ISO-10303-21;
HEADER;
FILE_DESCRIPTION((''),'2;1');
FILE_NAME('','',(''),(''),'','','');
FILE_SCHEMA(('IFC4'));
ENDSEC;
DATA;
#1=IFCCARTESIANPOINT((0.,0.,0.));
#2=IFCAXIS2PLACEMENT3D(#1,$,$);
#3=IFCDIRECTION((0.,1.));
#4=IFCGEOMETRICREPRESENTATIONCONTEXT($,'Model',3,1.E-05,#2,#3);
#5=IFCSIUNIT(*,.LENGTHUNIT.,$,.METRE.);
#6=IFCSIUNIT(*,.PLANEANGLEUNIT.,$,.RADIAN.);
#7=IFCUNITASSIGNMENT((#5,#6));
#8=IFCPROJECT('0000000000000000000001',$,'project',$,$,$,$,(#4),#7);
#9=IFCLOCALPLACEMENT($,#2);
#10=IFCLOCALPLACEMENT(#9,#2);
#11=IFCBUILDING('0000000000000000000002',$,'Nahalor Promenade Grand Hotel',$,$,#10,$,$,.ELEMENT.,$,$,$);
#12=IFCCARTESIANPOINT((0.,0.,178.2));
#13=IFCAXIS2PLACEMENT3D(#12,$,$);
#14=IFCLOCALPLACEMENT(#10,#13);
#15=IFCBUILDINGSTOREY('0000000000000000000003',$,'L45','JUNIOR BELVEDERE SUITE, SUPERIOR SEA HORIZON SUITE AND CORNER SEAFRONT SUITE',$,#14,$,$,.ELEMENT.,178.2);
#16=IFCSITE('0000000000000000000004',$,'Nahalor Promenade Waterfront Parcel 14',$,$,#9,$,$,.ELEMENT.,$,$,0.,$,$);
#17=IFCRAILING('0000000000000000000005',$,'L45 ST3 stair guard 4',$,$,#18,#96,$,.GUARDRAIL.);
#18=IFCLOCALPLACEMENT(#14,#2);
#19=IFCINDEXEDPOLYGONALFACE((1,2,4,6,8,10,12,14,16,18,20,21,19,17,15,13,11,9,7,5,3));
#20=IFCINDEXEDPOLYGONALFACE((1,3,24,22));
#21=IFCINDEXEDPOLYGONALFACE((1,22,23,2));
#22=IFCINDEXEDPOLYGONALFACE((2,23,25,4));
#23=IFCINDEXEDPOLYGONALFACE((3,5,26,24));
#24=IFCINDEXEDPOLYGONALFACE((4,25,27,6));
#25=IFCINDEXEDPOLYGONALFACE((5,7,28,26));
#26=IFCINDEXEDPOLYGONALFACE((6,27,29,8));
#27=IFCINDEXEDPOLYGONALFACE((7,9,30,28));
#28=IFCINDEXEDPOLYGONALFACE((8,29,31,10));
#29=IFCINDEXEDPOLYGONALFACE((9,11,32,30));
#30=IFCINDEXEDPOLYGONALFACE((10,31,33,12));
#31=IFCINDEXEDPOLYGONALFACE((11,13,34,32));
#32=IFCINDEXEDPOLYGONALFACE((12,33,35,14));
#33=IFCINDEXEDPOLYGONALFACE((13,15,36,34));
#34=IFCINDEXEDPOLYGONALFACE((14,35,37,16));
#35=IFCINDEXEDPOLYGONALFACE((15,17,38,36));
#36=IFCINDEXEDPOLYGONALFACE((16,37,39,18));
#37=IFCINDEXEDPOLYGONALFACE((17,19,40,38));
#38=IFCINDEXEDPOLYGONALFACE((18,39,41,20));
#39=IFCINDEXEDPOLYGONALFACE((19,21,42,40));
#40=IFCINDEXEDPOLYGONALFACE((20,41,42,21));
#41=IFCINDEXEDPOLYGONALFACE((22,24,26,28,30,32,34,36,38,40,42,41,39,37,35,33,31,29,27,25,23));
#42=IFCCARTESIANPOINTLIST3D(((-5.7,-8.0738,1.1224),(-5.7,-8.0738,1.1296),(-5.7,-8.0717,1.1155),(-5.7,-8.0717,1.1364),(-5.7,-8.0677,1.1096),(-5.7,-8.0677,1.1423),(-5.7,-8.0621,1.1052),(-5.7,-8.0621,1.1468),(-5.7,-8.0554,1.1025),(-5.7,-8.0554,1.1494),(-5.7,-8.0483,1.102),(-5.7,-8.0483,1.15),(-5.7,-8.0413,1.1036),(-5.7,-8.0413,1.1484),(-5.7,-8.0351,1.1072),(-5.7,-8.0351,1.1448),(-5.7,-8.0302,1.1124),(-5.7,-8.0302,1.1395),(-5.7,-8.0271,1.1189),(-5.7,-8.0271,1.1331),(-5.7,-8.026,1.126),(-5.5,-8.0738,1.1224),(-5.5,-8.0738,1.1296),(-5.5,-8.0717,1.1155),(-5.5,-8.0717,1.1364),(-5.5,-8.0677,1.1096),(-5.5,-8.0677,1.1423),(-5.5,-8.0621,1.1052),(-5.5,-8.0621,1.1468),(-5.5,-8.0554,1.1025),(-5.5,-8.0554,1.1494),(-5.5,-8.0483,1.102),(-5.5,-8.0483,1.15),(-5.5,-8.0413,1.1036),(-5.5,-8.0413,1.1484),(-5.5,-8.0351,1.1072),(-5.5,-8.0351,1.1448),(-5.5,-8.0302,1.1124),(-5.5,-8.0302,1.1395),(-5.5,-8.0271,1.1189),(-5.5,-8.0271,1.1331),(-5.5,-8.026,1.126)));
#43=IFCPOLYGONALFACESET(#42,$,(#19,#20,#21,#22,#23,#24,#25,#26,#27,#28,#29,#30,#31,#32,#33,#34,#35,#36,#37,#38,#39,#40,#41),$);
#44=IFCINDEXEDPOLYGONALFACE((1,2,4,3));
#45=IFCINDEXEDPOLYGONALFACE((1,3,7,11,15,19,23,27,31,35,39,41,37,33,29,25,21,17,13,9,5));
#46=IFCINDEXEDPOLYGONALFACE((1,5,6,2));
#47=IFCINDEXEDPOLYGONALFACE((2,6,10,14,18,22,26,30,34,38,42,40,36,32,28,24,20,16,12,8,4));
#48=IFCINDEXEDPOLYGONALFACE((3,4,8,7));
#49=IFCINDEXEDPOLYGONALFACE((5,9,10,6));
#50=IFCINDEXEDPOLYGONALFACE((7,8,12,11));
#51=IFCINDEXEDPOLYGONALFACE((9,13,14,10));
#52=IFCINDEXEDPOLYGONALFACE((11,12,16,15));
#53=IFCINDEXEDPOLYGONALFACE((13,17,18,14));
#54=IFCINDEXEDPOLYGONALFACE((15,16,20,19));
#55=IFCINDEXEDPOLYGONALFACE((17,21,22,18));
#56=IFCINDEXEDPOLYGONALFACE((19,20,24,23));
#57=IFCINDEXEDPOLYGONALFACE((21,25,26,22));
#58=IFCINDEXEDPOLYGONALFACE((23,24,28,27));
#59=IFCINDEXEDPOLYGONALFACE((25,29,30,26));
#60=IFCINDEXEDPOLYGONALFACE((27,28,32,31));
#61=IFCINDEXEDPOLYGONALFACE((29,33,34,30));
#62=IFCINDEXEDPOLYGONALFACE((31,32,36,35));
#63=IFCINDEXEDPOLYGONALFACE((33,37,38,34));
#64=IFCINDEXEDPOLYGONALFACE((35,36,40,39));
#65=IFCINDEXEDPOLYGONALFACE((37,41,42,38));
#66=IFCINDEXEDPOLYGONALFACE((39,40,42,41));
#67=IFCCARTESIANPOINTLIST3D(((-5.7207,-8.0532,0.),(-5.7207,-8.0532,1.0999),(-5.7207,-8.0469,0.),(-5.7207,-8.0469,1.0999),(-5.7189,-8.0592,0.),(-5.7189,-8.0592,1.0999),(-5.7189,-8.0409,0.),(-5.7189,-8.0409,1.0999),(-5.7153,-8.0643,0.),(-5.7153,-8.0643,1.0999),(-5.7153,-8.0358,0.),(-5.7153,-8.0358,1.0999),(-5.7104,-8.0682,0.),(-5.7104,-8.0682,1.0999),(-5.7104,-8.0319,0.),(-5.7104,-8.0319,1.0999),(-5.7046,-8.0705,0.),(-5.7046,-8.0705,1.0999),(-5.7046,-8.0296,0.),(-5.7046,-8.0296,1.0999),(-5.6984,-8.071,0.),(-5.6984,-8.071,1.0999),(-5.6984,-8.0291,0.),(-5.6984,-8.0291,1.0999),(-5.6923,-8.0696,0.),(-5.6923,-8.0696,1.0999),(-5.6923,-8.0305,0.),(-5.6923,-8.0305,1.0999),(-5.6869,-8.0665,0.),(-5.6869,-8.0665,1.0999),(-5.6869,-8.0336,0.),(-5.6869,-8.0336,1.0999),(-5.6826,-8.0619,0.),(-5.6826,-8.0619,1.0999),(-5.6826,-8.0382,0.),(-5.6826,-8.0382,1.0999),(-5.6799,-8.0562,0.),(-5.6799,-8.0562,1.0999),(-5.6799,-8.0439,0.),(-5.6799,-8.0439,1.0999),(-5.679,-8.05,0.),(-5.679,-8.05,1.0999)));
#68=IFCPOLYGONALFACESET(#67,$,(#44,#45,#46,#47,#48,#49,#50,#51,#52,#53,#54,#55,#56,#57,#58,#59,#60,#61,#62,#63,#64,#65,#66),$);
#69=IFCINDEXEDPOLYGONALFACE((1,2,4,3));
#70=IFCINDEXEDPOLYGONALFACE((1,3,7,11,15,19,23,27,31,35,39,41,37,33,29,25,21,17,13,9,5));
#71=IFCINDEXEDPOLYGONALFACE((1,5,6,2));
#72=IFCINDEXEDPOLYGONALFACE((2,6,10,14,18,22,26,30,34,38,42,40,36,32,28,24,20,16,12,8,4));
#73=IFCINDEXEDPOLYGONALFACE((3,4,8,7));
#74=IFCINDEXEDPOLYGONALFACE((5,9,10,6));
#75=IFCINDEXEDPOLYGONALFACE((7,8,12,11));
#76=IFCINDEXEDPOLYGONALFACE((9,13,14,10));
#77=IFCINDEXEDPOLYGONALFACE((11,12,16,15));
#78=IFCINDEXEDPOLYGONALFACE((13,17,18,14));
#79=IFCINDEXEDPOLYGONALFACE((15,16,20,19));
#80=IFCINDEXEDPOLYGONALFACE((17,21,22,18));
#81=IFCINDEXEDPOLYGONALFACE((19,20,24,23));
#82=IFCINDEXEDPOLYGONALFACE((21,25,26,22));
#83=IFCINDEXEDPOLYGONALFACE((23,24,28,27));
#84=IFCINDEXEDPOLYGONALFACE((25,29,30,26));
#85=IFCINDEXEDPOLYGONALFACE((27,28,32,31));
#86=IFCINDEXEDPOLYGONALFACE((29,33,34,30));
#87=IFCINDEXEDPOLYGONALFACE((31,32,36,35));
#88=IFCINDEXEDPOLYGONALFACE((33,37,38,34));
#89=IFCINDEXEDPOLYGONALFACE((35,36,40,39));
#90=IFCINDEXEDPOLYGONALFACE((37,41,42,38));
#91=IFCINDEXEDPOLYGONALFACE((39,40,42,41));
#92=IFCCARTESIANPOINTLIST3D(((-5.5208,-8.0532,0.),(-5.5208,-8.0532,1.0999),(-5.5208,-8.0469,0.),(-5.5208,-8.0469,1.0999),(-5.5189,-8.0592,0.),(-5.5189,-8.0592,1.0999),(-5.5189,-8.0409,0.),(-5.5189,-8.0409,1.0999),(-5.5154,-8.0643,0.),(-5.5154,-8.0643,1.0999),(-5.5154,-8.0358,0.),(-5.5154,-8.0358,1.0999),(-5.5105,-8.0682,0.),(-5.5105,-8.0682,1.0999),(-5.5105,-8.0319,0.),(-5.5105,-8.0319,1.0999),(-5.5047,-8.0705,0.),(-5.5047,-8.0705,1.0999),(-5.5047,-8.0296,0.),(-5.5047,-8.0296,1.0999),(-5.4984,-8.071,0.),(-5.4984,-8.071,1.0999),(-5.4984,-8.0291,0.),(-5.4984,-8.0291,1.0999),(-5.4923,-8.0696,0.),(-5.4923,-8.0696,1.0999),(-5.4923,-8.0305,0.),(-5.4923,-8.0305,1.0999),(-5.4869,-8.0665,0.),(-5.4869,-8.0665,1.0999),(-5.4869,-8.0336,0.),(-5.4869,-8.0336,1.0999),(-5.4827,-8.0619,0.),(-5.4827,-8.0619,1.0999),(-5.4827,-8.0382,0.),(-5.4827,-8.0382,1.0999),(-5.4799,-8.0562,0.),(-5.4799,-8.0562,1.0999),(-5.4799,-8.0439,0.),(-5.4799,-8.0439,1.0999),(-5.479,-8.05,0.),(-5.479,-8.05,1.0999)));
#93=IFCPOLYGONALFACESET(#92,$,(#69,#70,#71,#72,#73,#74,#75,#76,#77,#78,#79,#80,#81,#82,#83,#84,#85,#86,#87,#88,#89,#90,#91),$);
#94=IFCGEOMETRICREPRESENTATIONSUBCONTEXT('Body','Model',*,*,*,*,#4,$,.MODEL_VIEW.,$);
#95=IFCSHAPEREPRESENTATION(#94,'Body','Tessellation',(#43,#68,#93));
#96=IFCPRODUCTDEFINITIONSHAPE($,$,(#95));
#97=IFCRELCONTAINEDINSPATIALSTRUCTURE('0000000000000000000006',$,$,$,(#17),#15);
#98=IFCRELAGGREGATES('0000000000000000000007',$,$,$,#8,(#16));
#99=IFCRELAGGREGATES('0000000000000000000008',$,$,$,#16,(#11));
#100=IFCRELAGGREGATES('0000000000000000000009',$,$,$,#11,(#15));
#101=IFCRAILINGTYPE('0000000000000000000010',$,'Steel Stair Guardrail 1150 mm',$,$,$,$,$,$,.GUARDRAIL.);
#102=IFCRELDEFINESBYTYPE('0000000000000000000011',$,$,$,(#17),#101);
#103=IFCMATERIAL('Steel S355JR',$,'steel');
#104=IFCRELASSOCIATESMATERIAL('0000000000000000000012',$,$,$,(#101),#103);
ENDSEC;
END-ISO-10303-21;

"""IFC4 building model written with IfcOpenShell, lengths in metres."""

from ifc_helpers import new_model, si_unit, direction, frame, origin, origin_2d, place, context, subcontext, project, spatial, circle, extrude, material, type_object, element, save


model = new_model("IFC4")

# Units and contexts
model_context = context("Model", 3, precision=1e-05, world=origin(), true_north=direction((0.0, 1.0)))
body_context = subcontext(model_context, "Body", "Model", "MODEL_VIEW")
ifc_project = project(units=[si_unit("LENGTHUNIT", "METRE"), si_unit("PLANEANGLEUNIT", "RADIAN")], contexts=[model_context])

# Site, building, storey
site_placement = place(None, origin())
site = spatial("IfcSite", under=ifc_project, at=site_placement, Name="Nahalor Promenade Waterfront Parcel 14", CompositionType="ELEMENT", RefElevation=0.0)
building_placement = place(site_placement, origin())
building = spatial("IfcBuilding", under=site, at=building_placement, Name="Nahalor Promenade Grand Hotel", CompositionType="ELEMENT")
storey_placement = place(building_placement, frame((0.0, 0.0, 178.2)))
storey = spatial("IfcBuildingStorey", under=building, at=storey_placement, Name="L45", Description="JUNIOR BELVEDERE SUITE, SUPERIOR SEA HORIZON SUITE AND CORNER SEAFRONT SUITE", CompositionType="ELEMENT", Elevation=178.2)

# Shared definitions
ifc_material_1 = material(Name="Steel S355JR", Category="steel")

# Railing
railing_type_1 = type_object("IfcRailingType", Name="Steel Stair Guardrail 1150 mm", PredefinedType="GUARDRAIL", material=ifc_material_1)
railing_1_placement = place(storey_placement, frame((-5.7, -8.05, 0.0)))
element("IfcRailing", 1, at=railing_1_placement, inside=storey, type_object=railing_type_1, Name="L45 ST3 stair guard 4", PredefinedType="GUARDRAIL", context=body_context, shape_type="SweptSolid", body=[
    extrude(circle(Radius=0.024, at=origin_2d()), frame((0.0, 0.0, 1.126), z_axis=(1.0, 0.0, 0.0), x_axis=(0.0, 1.0, 0.0)), (0.0, 0.0, 1.0), 0.2),
    extrude(circle(Radius=0.021, at=origin_2d()), origin(), (0.0, 0.0, 1.0), 1.0999),
    extrude(circle(Radius=0.021, at=origin_2d()), frame((0.2, 0.0, 0.0)), (0.0, 0.0, 1.0), 1.0999),
])

save(model, "model.ifc")
